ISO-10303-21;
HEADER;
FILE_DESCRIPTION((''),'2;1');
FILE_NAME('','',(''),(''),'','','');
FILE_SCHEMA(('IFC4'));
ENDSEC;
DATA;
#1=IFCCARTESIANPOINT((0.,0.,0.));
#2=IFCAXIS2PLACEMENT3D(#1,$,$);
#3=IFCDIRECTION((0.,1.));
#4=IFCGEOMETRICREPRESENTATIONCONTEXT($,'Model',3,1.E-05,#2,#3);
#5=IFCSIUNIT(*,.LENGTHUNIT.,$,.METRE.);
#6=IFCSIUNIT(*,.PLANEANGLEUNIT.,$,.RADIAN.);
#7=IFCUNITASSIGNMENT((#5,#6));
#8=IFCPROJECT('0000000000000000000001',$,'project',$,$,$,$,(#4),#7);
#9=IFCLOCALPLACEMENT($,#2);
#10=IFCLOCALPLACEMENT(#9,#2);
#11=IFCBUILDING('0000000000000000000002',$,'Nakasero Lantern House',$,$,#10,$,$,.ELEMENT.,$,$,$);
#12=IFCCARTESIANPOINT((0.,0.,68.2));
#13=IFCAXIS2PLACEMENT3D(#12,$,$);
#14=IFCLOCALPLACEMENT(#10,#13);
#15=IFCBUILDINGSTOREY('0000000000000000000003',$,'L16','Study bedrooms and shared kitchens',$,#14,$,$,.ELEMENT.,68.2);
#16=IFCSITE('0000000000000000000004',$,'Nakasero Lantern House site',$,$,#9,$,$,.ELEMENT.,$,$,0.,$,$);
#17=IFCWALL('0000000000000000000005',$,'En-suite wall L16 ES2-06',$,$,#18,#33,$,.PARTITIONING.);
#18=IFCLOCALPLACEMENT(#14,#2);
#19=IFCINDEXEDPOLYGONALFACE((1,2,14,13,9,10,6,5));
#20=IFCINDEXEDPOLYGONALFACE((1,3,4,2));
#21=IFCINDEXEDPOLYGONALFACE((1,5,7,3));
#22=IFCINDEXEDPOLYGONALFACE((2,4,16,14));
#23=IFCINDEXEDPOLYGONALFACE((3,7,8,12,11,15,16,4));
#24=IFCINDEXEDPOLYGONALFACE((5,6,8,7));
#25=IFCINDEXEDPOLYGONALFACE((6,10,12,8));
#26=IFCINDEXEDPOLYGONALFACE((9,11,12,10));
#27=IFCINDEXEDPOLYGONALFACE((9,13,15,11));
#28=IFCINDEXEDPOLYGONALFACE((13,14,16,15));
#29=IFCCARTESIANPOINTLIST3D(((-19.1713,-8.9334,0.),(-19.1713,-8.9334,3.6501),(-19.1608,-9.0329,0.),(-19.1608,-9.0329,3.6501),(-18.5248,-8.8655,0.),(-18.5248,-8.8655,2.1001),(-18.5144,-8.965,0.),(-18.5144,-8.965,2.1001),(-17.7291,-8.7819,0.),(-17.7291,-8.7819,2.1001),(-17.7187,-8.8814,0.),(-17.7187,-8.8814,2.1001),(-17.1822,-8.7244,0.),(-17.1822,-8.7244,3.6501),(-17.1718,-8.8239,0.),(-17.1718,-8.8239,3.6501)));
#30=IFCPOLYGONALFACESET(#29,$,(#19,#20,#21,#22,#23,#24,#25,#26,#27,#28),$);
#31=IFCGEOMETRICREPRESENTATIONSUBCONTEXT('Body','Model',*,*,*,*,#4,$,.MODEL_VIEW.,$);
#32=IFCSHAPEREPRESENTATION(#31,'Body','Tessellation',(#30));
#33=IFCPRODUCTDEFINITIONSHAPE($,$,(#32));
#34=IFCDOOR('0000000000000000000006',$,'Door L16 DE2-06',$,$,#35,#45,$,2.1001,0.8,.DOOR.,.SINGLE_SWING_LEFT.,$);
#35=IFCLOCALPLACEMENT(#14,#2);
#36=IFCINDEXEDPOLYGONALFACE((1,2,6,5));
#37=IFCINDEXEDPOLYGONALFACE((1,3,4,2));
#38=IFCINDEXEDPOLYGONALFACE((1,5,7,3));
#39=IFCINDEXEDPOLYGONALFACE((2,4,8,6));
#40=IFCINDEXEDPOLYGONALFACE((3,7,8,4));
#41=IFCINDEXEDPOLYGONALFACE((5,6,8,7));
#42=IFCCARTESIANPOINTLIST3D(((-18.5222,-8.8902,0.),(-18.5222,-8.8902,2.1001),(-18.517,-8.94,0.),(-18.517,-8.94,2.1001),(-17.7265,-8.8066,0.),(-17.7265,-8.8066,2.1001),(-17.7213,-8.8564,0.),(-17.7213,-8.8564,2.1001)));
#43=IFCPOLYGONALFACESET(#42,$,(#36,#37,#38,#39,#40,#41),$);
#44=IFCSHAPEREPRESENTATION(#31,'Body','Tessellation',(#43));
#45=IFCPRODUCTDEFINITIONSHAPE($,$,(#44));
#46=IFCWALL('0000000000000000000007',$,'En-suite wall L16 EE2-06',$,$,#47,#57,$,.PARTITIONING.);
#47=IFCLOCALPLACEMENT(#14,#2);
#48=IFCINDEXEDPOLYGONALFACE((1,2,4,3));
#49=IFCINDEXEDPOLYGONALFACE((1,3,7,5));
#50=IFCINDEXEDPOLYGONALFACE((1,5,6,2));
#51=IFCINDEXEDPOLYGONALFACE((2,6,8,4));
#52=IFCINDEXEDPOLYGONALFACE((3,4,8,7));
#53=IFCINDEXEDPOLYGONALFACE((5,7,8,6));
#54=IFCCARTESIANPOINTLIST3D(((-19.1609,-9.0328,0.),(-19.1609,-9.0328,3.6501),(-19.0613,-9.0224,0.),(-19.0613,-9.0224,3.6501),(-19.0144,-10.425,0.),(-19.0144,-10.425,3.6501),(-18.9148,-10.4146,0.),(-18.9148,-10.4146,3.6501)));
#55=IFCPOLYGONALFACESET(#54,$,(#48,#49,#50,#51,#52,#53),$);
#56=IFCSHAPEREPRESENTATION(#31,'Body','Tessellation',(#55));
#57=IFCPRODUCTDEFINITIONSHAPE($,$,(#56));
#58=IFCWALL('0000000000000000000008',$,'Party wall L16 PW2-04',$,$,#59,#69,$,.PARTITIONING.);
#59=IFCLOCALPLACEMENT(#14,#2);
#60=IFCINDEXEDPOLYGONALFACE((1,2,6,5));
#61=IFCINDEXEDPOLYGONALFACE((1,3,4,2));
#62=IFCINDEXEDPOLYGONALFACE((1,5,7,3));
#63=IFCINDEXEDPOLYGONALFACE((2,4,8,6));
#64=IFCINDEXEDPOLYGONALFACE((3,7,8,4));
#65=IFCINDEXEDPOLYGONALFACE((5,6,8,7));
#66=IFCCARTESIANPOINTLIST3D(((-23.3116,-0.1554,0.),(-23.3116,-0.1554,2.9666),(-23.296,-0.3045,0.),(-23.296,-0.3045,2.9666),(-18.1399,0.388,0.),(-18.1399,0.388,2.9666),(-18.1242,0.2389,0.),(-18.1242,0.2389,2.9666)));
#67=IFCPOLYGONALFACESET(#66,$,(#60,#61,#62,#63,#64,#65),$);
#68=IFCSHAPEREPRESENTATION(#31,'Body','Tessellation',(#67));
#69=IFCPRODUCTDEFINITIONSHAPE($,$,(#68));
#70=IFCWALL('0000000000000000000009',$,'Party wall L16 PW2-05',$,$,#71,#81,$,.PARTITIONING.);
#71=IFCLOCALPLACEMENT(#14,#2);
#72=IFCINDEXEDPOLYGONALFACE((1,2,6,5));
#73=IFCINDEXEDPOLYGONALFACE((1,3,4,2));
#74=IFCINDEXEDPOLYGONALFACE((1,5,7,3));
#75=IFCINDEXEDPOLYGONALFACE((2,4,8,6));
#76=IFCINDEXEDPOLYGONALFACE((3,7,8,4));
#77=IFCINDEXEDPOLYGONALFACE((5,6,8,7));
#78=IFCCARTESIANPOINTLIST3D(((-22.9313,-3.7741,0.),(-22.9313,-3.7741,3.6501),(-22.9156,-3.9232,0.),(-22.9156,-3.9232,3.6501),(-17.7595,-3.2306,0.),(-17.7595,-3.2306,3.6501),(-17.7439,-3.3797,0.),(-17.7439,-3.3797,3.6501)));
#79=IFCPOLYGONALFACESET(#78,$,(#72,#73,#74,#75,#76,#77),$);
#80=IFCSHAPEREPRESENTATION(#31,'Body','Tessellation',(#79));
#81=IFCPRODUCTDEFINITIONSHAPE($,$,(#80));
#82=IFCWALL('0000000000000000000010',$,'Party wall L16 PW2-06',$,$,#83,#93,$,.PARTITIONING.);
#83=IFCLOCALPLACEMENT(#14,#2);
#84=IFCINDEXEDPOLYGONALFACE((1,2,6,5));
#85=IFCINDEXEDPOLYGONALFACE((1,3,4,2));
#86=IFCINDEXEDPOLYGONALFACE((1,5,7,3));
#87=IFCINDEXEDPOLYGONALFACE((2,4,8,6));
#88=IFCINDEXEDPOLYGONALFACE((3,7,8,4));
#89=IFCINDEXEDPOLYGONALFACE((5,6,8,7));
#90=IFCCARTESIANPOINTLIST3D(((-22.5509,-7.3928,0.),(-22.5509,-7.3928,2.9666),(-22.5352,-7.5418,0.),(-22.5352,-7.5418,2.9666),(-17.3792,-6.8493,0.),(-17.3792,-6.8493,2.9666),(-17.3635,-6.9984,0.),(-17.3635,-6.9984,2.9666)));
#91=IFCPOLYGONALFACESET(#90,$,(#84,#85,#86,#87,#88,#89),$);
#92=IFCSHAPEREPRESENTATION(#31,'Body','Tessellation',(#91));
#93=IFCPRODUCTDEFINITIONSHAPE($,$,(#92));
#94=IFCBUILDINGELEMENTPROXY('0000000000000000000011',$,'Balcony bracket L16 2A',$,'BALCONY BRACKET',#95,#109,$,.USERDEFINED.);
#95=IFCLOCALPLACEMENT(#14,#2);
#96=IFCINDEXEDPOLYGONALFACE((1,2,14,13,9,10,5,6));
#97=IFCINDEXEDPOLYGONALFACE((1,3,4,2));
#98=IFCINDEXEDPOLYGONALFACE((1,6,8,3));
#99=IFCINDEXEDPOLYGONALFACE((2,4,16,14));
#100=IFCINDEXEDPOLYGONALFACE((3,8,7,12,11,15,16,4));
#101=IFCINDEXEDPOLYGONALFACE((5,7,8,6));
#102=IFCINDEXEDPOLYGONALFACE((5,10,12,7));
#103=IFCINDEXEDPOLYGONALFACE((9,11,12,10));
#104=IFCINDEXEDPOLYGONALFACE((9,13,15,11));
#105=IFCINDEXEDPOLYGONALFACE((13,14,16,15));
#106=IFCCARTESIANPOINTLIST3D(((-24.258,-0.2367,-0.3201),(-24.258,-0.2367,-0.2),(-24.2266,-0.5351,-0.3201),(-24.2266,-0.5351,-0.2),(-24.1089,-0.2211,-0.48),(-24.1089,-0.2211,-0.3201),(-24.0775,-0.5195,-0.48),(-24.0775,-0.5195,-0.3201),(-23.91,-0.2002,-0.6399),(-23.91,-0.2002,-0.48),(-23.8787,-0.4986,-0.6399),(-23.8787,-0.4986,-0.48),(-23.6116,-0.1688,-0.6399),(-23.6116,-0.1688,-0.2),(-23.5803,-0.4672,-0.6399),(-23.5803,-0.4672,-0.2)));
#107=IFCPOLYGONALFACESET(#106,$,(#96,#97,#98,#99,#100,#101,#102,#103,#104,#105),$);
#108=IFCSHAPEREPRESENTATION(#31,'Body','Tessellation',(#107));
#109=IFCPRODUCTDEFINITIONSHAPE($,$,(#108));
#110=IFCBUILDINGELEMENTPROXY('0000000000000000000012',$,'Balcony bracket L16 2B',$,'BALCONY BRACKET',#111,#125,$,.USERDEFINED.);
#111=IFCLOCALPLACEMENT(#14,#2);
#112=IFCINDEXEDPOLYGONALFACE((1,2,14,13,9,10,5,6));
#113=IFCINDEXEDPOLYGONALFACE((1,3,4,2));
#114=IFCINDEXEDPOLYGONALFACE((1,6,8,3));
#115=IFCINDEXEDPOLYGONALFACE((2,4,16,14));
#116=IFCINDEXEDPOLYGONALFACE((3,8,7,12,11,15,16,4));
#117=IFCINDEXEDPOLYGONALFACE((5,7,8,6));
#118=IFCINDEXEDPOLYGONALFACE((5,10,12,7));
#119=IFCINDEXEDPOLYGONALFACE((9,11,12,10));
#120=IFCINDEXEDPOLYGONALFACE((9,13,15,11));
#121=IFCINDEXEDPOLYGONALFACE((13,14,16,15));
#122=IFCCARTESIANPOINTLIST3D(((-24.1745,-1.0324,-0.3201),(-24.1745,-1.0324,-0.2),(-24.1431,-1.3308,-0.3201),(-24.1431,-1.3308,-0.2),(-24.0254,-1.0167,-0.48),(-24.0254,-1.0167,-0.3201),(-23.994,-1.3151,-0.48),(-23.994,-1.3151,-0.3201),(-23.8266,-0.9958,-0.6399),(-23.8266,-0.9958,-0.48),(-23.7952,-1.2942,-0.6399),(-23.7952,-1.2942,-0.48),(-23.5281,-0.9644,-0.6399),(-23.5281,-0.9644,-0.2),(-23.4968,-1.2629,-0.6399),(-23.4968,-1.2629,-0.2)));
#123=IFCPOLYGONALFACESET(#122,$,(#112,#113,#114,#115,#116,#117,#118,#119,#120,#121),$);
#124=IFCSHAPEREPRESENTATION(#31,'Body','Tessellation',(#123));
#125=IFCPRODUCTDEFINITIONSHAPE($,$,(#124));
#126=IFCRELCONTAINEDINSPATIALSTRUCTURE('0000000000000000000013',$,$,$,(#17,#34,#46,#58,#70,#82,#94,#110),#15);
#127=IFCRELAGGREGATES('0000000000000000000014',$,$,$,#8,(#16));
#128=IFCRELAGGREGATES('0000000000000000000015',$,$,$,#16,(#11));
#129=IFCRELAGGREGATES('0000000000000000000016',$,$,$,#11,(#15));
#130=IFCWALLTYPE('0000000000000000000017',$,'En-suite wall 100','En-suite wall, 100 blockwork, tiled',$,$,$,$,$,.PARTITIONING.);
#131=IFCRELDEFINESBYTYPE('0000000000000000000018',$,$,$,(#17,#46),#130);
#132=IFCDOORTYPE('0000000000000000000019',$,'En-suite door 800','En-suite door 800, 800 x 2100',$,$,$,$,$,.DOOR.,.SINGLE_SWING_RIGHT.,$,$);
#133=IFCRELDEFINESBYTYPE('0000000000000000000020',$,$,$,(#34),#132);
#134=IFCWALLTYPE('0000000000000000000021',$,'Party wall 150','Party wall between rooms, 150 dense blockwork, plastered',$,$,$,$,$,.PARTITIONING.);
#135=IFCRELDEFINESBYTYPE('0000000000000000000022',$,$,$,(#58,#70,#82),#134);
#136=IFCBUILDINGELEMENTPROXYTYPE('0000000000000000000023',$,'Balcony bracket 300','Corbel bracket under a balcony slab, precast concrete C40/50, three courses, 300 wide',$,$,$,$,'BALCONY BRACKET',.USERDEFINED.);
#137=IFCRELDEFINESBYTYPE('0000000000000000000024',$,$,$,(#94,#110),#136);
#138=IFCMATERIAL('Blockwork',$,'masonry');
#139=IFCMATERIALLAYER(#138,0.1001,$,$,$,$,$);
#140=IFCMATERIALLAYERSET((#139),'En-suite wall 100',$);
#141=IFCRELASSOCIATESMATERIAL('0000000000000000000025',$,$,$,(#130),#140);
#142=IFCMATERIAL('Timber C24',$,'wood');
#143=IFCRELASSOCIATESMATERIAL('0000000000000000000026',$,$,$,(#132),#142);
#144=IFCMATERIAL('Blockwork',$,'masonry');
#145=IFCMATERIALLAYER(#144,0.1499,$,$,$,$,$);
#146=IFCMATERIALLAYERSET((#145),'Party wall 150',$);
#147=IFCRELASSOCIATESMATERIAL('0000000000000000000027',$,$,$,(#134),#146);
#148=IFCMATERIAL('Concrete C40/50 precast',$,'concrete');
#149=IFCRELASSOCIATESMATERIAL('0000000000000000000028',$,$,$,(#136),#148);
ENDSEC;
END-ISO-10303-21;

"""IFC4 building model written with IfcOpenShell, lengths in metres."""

from ifc_helpers import new_model, si_unit, direction, frame, frame_2d, origin, place, context, subcontext, project, spatial, polyline, rectangle, outline, extrude, material, layer, layer_set, type_object, element, fill, save


model = new_model("IFC4")

# Units and contexts
model_context = context("Model", 3, precision=1e-05, world=origin(), true_north=direction((0.0, 1.0)))
body_context = subcontext(model_context, "Body", "Model", "MODEL_VIEW")
ifc_project = project(units=[si_unit("LENGTHUNIT", "METRE"), si_unit("PLANEANGLEUNIT", "RADIAN")], contexts=[model_context])

# Site, building, storey
site_placement = place(None, origin())
site = spatial("IfcSite", under=ifc_project, at=site_placement, Name="Nakasero Lantern House site", CompositionType="ELEMENT", RefElevation=0.0)
building_placement = place(site_placement, origin())
building = spatial("IfcBuilding", under=site, at=building_placement, Name="Nakasero Lantern House", CompositionType="ELEMENT")
storey_placement = place(building_placement, frame((0.0, 0.0, 68.2)))
storey = spatial("IfcBuildingStorey", under=building, at=storey_placement, Name="L16", Description="Study bedrooms and shared kitchens", CompositionType="ELEMENT", Elevation=68.2)

# Shared definitions
ifc_material_1 = material(Name="Blockwork", Category="masonry")
ifc_layer_1 = layer(ifc_material_1, 0.1001)
ifc_layer_set_1 = layer_set([ifc_layer_1], Name="En-suite wall 100")
wall_type_1 = type_object("IfcWallType", Name="En-suite wall 100", Description="En-suite wall, 100 blockwork, tiled", PredefinedType="PARTITIONING", material=ifc_layer_set_1)
ifc_material_2 = material(Name="Timber C24", Category="wood")
door_type = type_object("IfcDoorType", Name="En-suite door 800", Description="En-suite door 800, 800 x 2100", OperationType="SINGLE_SWING_RIGHT", PredefinedType="DOOR", material=ifc_material_2)

# Wall, opening, door
wall_1_placement = place(storey_placement, frame((-17.177, -8.7742, 0.0), z_axis=(0.0, 0.0, 1.0), x_axis=(-0.994526, -0.104494, 0.0)))
wall_1 = element("IfcWall", 1, at=wall_1_placement, inside=storey, type_object=wall_type_1, Name="En-suite wall L16 ES2-06", PredefinedType="PARTITIONING", context=body_context, shape_type="SweptSolid", body=[
    extrude(rectangle(XDim=2.0, YDim=0.1001, at=frame_2d((1.0, 0.0))), origin(), (0.0, 0.0, 1.0), 3.6501),
])
opening_1_placement = place(wall_1_placement, frame((0.55, 0.0, 0.0)))
opening_1 = element("IfcOpeningElement", 2, at=opening_1_placement, cuts=wall_1, PredefinedType="OPENING", context=body_context, shape_type="SweptSolid", body=[
    extrude(rectangle(XDim=0.8, YDim=2.1001, at=frame_2d((0.3999, 1.05))), frame((0.0, 0.0701, 0.0), z_axis=(0.0, -1.0, 0.0), x_axis=(1.0, 0.0, 0.0)), (0.0, 0.0, 1.0), 0.1401),
])
door_1_placement = place(opening_1_placement, origin())
door_1 = element("IfcDoor", 3, at=door_1_placement, inside=storey, type_object=door_type, Name="Door L16 DE2-06", OperationType="SINGLE_SWING_LEFT", OverallHeight=2.1001, OverallWidth=0.8, PredefinedType="DOOR", context=body_context, shape_type="SweptSolid", body=[
    extrude(rectangle(XDim=0.8, YDim=2.1001, at=frame_2d((0.3999, 1.05))), frame((0.0, 0.0249, 0.0), z_axis=(0.0, -1.0, 0.0), x_axis=(1.0, 0.0, 0.0)), (0.0, 0.0, 1.0), 0.05),
])
fill(opening_1, door_1)

# Walls
wall_2_placement = place(storey_placement, frame((-19.1111, -9.0276, 0.0), z_axis=(0.0, 0.0, 1.0), x_axis=(0.10463, -0.994511, 0.0)))
element("IfcWall", 4, at=wall_2_placement, inside=storey, type_object=wall_type_1, Name="En-suite wall L16 EE2-06", PredefinedType="PARTITIONING", context=body_context, shape_type="SweptSolid", body=[
    extrude(rectangle(XDim=1.3999, YDim=0.1001, at=frame_2d((0.7, 0.0))), origin(), (0.0, 0.0, 1.0), 3.6501),
])
ifc_material_3 = material(Name="Blockwork", Category="masonry")
ifc_layer_2 = layer(ifc_material_3, 0.1499)
ifc_layer_set_2 = layer_set([ifc_layer_2], Name="Party wall 150")
wall_type_2 = type_object("IfcWallType", Name="Party wall 150", Description="Party wall between rooms, 150 dense blockwork, plastered", PredefinedType="PARTITIONING", material=ifc_layer_set_2)
wall_3_placement = place(storey_placement, frame((-18.1321, 0.3135, 0.0), z_axis=(0.0, 0.0, 1.0), x_axis=(-0.994524, -0.104509, 0.0)))
element("IfcWall", 5, at=wall_3_placement, inside=storey, type_object=wall_type_2, Name="Party wall L16 PW2-04", PredefinedType="PARTITIONING", context=body_context, shape_type="SweptSolid", body=[
    extrude(rectangle(XDim=5.2002, YDim=0.1499, at=frame_2d((2.6001, 0.0))), origin(), (0.0, 0.0, 1.0), 2.9666),
])
wall_4_placement = place(storey_placement, frame((-17.7517, -3.3052, 0.0), z_axis=(0.0, 0.0, 1.0), x_axis=(-0.994524, -0.104509, 0.0)))
element("IfcWall", 6, at=wall_4_placement, inside=storey, type_object=wall_type_2, Name="Party wall L16 PW2-05", PredefinedType="PARTITIONING", context=body_context, shape_type="SweptSolid", body=[
    extrude(rectangle(XDim=5.2002, YDim=0.1499, at=frame_2d((2.6001, 0.0))), origin(), (0.0, 0.0, 1.0), 3.6501),
])
wall_5_placement = place(storey_placement, frame((-17.3713, -6.9238, 0.0), z_axis=(0.0, 0.0, 1.0), x_axis=(-0.994524, -0.104509, 0.0)))
element("IfcWall", 7, at=wall_5_placement, inside=storey, type_object=wall_type_2, Name="Party wall L16 PW2-06", PredefinedType="PARTITIONING", context=body_context, shape_type="SweptSolid", body=[
    extrude(rectangle(XDim=5.2002, YDim=0.1499, at=frame_2d((2.6001, 0.0))), origin(), (0.0, 0.0, 1.0), 2.9666),
])

# Building element proxies
ifc_material_4 = material(Name="Concrete C40/50 precast", Category="concrete")
building_element_proxy_type = type_object("IfcBuildingElementProxyType", Name="Balcony bracket 300", Description="Corbel bracket under a balcony slab, precast concrete C40/50, three courses, 300 wide", ElementType="BALCONY BRACKET", PredefinedType="USERDEFINED", material=ifc_material_4)
for number, where, z_axis, x_axis, name in (
    (8, (-23.5959, -0.3181, -0.2), (0.0, 0.0, 1.0), (-0.994522, -0.104528, 0.0), "Balcony bracket L16 2A"),
    (9, (-23.5125, -1.1138, -0.2), (0.0, 0.0, 1.0), (-0.994522, -0.104528, 0.0), "Balcony bracket L16 2B"),
):
    element("IfcBuildingElementProxy", number, at=place(storey_placement, frame(where, z_axis=z_axis, x_axis=x_axis)), inside=storey, type_object=building_element_proxy_type, Name=name, ObjectType="BALCONY BRACKET", PredefinedType="USERDEFINED", context=body_context, shape_type="SweptSolid", body=[
        extrude(outline(polyline([(0.0, 0.0), (0.6499, 0.0), (0.6499, -0.1201), (0.5, -0.1201), (0.5, -0.28), (0.3, -0.28), (0.3, -0.4399), (0.0, -0.4399), (0.0, 0.0)])), frame((0.0, 0.1499, 0.0), z_axis=(0.0, -1.0, 0.0), x_axis=(1.0, 0.0, 0.0)), (0.0, 0.0, 1.0), 0.3),
    ])

save(model, "model.ifc")
